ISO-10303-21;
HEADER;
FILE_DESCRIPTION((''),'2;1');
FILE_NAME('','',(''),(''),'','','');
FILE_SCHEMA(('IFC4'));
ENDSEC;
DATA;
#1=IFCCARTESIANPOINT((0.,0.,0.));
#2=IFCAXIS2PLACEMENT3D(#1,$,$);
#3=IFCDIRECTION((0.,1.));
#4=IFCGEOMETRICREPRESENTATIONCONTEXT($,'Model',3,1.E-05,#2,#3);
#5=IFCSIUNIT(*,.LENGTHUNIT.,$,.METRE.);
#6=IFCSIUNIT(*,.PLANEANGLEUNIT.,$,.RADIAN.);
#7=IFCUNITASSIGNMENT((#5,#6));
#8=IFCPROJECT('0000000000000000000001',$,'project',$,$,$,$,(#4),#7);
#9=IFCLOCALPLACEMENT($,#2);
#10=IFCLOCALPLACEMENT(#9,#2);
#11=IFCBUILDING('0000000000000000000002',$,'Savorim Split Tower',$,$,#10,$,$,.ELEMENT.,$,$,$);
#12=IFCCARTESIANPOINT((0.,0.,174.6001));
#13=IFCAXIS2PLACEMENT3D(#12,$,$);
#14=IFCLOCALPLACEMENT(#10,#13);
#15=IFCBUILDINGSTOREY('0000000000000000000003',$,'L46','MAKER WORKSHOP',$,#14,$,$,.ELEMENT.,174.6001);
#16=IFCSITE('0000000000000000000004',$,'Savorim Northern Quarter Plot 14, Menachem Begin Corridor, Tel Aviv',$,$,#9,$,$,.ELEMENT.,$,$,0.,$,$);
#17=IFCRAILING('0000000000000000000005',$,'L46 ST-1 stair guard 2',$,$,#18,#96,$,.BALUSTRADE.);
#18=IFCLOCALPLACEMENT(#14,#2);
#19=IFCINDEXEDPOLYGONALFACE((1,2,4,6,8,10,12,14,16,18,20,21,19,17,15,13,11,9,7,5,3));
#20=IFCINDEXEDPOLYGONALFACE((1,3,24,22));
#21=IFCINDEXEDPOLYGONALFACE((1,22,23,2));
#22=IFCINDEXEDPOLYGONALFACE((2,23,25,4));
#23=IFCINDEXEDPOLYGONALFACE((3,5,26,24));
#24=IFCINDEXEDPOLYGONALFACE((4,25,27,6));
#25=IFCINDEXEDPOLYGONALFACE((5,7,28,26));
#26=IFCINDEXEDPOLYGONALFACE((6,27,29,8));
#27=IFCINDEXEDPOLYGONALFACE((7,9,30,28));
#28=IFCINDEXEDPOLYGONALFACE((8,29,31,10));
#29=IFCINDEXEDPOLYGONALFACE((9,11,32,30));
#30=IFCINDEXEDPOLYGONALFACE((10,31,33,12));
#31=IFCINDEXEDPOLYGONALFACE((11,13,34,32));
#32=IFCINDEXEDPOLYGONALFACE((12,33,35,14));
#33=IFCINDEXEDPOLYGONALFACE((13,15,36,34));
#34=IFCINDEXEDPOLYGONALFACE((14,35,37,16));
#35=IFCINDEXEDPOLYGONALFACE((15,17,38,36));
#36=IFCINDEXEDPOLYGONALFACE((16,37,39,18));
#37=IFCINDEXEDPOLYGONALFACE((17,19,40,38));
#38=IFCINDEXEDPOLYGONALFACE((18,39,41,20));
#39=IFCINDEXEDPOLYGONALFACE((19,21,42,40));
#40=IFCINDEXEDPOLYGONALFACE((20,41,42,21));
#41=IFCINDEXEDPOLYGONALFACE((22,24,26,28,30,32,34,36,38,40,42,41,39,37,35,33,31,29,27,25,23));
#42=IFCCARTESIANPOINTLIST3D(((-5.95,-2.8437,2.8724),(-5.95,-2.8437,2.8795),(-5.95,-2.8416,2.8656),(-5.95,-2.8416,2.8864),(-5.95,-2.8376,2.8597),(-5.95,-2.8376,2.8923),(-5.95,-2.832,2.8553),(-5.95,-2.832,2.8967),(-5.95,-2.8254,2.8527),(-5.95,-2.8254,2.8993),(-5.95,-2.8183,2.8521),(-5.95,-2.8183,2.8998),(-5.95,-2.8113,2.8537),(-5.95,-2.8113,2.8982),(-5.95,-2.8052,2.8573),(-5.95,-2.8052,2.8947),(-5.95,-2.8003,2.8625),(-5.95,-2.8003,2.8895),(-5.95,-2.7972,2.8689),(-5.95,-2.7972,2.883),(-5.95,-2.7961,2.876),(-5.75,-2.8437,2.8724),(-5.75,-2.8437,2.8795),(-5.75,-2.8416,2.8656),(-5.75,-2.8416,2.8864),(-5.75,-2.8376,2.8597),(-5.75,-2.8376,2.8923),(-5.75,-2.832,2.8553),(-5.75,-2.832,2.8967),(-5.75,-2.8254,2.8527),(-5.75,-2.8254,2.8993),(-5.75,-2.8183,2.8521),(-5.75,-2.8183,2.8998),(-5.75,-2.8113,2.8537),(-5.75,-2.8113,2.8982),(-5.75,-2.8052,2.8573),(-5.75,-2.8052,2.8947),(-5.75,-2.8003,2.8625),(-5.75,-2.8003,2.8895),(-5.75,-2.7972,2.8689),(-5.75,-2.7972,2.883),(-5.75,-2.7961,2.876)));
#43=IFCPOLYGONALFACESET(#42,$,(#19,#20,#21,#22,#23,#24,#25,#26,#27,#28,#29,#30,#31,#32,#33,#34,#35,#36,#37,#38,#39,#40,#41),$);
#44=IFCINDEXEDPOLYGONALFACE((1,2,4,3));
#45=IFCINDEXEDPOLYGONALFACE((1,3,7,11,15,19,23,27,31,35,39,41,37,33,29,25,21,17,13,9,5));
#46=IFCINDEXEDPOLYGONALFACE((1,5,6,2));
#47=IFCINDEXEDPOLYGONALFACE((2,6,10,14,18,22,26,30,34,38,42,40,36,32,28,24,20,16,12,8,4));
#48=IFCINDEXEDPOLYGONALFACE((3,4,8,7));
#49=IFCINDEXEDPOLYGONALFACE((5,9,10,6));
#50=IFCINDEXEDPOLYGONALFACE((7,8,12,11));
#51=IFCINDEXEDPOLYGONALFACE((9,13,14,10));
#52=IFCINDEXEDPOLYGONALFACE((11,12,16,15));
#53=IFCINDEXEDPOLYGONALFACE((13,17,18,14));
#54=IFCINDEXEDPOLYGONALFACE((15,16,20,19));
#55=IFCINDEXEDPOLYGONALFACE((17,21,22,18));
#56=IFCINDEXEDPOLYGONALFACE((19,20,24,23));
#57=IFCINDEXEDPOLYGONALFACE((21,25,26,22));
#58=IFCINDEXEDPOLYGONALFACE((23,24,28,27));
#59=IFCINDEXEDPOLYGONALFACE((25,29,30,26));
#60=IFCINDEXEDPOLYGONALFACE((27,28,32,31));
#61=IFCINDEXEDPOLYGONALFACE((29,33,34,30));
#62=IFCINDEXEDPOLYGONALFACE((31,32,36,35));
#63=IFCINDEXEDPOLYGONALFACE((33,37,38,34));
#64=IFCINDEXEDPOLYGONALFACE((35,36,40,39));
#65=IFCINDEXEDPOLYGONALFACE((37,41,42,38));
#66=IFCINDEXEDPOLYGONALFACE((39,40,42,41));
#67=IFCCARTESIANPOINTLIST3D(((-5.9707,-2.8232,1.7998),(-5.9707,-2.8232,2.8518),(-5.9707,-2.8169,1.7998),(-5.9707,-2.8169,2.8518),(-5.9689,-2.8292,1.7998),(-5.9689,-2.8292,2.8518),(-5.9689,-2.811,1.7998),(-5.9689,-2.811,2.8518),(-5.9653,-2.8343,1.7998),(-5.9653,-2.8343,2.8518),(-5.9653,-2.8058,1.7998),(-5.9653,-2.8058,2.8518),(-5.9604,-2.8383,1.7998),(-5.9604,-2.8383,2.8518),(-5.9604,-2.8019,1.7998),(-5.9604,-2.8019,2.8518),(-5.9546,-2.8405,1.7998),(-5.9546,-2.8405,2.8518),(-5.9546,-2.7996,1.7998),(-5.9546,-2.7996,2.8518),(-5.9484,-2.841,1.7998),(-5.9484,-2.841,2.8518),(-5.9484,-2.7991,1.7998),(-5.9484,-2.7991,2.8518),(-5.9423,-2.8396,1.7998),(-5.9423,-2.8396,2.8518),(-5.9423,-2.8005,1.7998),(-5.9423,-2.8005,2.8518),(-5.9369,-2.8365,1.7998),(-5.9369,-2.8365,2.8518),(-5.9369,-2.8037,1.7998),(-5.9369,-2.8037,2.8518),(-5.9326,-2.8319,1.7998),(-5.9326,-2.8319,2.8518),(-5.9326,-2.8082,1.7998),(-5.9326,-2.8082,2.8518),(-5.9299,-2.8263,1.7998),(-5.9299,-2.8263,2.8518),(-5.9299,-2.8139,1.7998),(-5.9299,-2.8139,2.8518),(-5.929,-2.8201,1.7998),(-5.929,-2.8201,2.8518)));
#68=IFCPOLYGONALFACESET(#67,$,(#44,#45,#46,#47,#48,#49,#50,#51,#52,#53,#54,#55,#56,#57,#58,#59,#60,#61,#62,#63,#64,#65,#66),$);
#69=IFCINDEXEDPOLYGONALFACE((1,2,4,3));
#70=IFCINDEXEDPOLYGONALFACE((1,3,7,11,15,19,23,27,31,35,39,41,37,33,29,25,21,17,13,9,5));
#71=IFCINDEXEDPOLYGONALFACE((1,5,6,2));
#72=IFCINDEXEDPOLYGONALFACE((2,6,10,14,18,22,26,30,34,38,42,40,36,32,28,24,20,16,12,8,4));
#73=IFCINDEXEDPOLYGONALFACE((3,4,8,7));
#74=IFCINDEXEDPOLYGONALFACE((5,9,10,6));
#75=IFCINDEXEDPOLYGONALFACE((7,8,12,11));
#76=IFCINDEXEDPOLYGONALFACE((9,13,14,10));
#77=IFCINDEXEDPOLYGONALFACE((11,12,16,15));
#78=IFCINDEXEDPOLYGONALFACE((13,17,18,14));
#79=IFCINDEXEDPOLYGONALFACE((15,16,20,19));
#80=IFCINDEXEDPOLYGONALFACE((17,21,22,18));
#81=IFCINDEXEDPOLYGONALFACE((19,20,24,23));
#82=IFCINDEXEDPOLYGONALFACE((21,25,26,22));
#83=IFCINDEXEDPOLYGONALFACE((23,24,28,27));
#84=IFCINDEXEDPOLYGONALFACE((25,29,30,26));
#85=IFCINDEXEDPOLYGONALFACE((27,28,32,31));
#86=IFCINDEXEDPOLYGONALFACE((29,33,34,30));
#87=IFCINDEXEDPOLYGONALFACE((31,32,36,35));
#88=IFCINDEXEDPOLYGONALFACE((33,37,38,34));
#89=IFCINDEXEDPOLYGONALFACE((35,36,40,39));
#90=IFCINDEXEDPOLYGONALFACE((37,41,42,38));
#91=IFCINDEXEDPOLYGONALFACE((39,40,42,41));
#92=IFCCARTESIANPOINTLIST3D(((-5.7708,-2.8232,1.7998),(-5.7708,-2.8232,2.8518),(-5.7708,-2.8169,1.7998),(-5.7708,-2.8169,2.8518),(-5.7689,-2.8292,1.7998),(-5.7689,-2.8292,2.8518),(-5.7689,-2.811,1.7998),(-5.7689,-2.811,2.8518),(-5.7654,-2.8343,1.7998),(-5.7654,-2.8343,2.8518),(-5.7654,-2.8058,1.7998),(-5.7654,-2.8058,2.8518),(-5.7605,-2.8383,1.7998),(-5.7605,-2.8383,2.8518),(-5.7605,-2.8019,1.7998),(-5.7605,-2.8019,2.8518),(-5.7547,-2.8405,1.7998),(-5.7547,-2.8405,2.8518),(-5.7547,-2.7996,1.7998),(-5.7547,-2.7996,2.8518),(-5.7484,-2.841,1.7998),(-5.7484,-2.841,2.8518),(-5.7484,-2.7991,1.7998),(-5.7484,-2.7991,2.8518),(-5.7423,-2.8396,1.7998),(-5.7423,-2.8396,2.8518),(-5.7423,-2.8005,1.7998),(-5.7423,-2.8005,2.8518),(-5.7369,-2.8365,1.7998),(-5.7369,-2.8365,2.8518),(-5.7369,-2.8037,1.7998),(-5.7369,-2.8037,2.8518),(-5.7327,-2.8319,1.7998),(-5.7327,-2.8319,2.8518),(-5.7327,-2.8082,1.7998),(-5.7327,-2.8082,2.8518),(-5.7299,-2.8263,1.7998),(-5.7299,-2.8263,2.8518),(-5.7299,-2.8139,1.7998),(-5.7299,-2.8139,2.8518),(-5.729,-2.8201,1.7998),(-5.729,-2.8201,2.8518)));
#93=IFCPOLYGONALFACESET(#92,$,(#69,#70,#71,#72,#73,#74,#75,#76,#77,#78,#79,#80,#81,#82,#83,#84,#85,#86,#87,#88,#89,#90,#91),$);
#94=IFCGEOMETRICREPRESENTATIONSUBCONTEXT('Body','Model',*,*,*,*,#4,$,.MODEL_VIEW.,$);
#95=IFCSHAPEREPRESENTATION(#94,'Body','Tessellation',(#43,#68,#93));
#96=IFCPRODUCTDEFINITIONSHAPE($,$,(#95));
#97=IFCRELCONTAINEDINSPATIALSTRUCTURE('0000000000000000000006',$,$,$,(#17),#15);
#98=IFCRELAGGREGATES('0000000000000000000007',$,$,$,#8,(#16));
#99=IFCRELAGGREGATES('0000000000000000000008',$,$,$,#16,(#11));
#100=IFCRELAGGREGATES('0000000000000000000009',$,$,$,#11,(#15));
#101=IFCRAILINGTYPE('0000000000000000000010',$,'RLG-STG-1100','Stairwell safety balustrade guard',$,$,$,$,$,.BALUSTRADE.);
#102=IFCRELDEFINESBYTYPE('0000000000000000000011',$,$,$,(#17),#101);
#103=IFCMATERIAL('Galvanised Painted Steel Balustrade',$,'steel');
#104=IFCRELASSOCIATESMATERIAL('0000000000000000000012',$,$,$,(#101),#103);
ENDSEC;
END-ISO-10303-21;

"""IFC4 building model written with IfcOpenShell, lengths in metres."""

from ifc_helpers import new_model, si_unit, direction, frame, origin, origin_2d, place, context, subcontext, project, spatial, circle, extrude, material, type_object, element, save


model = new_model("IFC4")

# Units and contexts
model_context = context("Model", 3, precision=1e-05, world=origin(), true_north=direction((0.0, 1.0)))
body_context = subcontext(model_context, "Body", "Model", "MODEL_VIEW")
ifc_project = project(units=[si_unit("LENGTHUNIT", "METRE"), si_unit("PLANEANGLEUNIT", "RADIAN")], contexts=[model_context])

# Site, building, storey
site_placement = place(None, origin())
site = spatial("IfcSite", under=ifc_project, at=site_placement, Name="Savorim Northern Quarter Plot 14, Menachem Begin Corridor, Tel Aviv", CompositionType="ELEMENT", RefElevation=0.0)
building_placement = place(site_placement, origin())
building = spatial("IfcBuilding", under=site, at=building_placement, Name="Savorim Split Tower", CompositionType="ELEMENT")
storey_placement = place(building_placement, frame((0.0, 0.0, 174.6001)))
storey = spatial("IfcBuildingStorey", under=building, at=storey_placement, Name="L46", Description="MAKER WORKSHOP", CompositionType="ELEMENT", Elevation=174.6001)

# Railing
ifc_material_1 = material(Name="Galvanised Painted Steel Balustrade", Category="steel")
railing_type_1 = type_object("IfcRailingType", Name="RLG-STG-1100", Description="Stairwell safety balustrade guard", PredefinedType="BALUSTRADE", material=ifc_material_1)
railing_1_placement = place(storey_placement, frame((-5.95, -2.8201, 1.7998)))
element("IfcRailing", 1, at=railing_1_placement, inside=storey, type_object=railing_type_1, Name="L46 ST-1 stair guard 2", PredefinedType="BALUSTRADE", context=body_context, shape_type="SweptSolid", body=[
    extrude(circle(Radius=0.0239, at=origin_2d()), frame((0.0, 0.0, 1.0762), z_axis=(1.0, 0.0, 0.0), x_axis=(0.0, 1.0, 0.0)), (0.0, 0.0, 1.0), 0.2),
    extrude(circle(Radius=0.021, at=origin_2d()), origin(), (0.0, 0.0, 1.0), 1.052),
    extrude(circle(Radius=0.021, at=origin_2d()), frame((0.2, 0.0, 0.0)), (0.0, 0.0, 1.0), 1.052),
])

save(model, "model.ifc")
